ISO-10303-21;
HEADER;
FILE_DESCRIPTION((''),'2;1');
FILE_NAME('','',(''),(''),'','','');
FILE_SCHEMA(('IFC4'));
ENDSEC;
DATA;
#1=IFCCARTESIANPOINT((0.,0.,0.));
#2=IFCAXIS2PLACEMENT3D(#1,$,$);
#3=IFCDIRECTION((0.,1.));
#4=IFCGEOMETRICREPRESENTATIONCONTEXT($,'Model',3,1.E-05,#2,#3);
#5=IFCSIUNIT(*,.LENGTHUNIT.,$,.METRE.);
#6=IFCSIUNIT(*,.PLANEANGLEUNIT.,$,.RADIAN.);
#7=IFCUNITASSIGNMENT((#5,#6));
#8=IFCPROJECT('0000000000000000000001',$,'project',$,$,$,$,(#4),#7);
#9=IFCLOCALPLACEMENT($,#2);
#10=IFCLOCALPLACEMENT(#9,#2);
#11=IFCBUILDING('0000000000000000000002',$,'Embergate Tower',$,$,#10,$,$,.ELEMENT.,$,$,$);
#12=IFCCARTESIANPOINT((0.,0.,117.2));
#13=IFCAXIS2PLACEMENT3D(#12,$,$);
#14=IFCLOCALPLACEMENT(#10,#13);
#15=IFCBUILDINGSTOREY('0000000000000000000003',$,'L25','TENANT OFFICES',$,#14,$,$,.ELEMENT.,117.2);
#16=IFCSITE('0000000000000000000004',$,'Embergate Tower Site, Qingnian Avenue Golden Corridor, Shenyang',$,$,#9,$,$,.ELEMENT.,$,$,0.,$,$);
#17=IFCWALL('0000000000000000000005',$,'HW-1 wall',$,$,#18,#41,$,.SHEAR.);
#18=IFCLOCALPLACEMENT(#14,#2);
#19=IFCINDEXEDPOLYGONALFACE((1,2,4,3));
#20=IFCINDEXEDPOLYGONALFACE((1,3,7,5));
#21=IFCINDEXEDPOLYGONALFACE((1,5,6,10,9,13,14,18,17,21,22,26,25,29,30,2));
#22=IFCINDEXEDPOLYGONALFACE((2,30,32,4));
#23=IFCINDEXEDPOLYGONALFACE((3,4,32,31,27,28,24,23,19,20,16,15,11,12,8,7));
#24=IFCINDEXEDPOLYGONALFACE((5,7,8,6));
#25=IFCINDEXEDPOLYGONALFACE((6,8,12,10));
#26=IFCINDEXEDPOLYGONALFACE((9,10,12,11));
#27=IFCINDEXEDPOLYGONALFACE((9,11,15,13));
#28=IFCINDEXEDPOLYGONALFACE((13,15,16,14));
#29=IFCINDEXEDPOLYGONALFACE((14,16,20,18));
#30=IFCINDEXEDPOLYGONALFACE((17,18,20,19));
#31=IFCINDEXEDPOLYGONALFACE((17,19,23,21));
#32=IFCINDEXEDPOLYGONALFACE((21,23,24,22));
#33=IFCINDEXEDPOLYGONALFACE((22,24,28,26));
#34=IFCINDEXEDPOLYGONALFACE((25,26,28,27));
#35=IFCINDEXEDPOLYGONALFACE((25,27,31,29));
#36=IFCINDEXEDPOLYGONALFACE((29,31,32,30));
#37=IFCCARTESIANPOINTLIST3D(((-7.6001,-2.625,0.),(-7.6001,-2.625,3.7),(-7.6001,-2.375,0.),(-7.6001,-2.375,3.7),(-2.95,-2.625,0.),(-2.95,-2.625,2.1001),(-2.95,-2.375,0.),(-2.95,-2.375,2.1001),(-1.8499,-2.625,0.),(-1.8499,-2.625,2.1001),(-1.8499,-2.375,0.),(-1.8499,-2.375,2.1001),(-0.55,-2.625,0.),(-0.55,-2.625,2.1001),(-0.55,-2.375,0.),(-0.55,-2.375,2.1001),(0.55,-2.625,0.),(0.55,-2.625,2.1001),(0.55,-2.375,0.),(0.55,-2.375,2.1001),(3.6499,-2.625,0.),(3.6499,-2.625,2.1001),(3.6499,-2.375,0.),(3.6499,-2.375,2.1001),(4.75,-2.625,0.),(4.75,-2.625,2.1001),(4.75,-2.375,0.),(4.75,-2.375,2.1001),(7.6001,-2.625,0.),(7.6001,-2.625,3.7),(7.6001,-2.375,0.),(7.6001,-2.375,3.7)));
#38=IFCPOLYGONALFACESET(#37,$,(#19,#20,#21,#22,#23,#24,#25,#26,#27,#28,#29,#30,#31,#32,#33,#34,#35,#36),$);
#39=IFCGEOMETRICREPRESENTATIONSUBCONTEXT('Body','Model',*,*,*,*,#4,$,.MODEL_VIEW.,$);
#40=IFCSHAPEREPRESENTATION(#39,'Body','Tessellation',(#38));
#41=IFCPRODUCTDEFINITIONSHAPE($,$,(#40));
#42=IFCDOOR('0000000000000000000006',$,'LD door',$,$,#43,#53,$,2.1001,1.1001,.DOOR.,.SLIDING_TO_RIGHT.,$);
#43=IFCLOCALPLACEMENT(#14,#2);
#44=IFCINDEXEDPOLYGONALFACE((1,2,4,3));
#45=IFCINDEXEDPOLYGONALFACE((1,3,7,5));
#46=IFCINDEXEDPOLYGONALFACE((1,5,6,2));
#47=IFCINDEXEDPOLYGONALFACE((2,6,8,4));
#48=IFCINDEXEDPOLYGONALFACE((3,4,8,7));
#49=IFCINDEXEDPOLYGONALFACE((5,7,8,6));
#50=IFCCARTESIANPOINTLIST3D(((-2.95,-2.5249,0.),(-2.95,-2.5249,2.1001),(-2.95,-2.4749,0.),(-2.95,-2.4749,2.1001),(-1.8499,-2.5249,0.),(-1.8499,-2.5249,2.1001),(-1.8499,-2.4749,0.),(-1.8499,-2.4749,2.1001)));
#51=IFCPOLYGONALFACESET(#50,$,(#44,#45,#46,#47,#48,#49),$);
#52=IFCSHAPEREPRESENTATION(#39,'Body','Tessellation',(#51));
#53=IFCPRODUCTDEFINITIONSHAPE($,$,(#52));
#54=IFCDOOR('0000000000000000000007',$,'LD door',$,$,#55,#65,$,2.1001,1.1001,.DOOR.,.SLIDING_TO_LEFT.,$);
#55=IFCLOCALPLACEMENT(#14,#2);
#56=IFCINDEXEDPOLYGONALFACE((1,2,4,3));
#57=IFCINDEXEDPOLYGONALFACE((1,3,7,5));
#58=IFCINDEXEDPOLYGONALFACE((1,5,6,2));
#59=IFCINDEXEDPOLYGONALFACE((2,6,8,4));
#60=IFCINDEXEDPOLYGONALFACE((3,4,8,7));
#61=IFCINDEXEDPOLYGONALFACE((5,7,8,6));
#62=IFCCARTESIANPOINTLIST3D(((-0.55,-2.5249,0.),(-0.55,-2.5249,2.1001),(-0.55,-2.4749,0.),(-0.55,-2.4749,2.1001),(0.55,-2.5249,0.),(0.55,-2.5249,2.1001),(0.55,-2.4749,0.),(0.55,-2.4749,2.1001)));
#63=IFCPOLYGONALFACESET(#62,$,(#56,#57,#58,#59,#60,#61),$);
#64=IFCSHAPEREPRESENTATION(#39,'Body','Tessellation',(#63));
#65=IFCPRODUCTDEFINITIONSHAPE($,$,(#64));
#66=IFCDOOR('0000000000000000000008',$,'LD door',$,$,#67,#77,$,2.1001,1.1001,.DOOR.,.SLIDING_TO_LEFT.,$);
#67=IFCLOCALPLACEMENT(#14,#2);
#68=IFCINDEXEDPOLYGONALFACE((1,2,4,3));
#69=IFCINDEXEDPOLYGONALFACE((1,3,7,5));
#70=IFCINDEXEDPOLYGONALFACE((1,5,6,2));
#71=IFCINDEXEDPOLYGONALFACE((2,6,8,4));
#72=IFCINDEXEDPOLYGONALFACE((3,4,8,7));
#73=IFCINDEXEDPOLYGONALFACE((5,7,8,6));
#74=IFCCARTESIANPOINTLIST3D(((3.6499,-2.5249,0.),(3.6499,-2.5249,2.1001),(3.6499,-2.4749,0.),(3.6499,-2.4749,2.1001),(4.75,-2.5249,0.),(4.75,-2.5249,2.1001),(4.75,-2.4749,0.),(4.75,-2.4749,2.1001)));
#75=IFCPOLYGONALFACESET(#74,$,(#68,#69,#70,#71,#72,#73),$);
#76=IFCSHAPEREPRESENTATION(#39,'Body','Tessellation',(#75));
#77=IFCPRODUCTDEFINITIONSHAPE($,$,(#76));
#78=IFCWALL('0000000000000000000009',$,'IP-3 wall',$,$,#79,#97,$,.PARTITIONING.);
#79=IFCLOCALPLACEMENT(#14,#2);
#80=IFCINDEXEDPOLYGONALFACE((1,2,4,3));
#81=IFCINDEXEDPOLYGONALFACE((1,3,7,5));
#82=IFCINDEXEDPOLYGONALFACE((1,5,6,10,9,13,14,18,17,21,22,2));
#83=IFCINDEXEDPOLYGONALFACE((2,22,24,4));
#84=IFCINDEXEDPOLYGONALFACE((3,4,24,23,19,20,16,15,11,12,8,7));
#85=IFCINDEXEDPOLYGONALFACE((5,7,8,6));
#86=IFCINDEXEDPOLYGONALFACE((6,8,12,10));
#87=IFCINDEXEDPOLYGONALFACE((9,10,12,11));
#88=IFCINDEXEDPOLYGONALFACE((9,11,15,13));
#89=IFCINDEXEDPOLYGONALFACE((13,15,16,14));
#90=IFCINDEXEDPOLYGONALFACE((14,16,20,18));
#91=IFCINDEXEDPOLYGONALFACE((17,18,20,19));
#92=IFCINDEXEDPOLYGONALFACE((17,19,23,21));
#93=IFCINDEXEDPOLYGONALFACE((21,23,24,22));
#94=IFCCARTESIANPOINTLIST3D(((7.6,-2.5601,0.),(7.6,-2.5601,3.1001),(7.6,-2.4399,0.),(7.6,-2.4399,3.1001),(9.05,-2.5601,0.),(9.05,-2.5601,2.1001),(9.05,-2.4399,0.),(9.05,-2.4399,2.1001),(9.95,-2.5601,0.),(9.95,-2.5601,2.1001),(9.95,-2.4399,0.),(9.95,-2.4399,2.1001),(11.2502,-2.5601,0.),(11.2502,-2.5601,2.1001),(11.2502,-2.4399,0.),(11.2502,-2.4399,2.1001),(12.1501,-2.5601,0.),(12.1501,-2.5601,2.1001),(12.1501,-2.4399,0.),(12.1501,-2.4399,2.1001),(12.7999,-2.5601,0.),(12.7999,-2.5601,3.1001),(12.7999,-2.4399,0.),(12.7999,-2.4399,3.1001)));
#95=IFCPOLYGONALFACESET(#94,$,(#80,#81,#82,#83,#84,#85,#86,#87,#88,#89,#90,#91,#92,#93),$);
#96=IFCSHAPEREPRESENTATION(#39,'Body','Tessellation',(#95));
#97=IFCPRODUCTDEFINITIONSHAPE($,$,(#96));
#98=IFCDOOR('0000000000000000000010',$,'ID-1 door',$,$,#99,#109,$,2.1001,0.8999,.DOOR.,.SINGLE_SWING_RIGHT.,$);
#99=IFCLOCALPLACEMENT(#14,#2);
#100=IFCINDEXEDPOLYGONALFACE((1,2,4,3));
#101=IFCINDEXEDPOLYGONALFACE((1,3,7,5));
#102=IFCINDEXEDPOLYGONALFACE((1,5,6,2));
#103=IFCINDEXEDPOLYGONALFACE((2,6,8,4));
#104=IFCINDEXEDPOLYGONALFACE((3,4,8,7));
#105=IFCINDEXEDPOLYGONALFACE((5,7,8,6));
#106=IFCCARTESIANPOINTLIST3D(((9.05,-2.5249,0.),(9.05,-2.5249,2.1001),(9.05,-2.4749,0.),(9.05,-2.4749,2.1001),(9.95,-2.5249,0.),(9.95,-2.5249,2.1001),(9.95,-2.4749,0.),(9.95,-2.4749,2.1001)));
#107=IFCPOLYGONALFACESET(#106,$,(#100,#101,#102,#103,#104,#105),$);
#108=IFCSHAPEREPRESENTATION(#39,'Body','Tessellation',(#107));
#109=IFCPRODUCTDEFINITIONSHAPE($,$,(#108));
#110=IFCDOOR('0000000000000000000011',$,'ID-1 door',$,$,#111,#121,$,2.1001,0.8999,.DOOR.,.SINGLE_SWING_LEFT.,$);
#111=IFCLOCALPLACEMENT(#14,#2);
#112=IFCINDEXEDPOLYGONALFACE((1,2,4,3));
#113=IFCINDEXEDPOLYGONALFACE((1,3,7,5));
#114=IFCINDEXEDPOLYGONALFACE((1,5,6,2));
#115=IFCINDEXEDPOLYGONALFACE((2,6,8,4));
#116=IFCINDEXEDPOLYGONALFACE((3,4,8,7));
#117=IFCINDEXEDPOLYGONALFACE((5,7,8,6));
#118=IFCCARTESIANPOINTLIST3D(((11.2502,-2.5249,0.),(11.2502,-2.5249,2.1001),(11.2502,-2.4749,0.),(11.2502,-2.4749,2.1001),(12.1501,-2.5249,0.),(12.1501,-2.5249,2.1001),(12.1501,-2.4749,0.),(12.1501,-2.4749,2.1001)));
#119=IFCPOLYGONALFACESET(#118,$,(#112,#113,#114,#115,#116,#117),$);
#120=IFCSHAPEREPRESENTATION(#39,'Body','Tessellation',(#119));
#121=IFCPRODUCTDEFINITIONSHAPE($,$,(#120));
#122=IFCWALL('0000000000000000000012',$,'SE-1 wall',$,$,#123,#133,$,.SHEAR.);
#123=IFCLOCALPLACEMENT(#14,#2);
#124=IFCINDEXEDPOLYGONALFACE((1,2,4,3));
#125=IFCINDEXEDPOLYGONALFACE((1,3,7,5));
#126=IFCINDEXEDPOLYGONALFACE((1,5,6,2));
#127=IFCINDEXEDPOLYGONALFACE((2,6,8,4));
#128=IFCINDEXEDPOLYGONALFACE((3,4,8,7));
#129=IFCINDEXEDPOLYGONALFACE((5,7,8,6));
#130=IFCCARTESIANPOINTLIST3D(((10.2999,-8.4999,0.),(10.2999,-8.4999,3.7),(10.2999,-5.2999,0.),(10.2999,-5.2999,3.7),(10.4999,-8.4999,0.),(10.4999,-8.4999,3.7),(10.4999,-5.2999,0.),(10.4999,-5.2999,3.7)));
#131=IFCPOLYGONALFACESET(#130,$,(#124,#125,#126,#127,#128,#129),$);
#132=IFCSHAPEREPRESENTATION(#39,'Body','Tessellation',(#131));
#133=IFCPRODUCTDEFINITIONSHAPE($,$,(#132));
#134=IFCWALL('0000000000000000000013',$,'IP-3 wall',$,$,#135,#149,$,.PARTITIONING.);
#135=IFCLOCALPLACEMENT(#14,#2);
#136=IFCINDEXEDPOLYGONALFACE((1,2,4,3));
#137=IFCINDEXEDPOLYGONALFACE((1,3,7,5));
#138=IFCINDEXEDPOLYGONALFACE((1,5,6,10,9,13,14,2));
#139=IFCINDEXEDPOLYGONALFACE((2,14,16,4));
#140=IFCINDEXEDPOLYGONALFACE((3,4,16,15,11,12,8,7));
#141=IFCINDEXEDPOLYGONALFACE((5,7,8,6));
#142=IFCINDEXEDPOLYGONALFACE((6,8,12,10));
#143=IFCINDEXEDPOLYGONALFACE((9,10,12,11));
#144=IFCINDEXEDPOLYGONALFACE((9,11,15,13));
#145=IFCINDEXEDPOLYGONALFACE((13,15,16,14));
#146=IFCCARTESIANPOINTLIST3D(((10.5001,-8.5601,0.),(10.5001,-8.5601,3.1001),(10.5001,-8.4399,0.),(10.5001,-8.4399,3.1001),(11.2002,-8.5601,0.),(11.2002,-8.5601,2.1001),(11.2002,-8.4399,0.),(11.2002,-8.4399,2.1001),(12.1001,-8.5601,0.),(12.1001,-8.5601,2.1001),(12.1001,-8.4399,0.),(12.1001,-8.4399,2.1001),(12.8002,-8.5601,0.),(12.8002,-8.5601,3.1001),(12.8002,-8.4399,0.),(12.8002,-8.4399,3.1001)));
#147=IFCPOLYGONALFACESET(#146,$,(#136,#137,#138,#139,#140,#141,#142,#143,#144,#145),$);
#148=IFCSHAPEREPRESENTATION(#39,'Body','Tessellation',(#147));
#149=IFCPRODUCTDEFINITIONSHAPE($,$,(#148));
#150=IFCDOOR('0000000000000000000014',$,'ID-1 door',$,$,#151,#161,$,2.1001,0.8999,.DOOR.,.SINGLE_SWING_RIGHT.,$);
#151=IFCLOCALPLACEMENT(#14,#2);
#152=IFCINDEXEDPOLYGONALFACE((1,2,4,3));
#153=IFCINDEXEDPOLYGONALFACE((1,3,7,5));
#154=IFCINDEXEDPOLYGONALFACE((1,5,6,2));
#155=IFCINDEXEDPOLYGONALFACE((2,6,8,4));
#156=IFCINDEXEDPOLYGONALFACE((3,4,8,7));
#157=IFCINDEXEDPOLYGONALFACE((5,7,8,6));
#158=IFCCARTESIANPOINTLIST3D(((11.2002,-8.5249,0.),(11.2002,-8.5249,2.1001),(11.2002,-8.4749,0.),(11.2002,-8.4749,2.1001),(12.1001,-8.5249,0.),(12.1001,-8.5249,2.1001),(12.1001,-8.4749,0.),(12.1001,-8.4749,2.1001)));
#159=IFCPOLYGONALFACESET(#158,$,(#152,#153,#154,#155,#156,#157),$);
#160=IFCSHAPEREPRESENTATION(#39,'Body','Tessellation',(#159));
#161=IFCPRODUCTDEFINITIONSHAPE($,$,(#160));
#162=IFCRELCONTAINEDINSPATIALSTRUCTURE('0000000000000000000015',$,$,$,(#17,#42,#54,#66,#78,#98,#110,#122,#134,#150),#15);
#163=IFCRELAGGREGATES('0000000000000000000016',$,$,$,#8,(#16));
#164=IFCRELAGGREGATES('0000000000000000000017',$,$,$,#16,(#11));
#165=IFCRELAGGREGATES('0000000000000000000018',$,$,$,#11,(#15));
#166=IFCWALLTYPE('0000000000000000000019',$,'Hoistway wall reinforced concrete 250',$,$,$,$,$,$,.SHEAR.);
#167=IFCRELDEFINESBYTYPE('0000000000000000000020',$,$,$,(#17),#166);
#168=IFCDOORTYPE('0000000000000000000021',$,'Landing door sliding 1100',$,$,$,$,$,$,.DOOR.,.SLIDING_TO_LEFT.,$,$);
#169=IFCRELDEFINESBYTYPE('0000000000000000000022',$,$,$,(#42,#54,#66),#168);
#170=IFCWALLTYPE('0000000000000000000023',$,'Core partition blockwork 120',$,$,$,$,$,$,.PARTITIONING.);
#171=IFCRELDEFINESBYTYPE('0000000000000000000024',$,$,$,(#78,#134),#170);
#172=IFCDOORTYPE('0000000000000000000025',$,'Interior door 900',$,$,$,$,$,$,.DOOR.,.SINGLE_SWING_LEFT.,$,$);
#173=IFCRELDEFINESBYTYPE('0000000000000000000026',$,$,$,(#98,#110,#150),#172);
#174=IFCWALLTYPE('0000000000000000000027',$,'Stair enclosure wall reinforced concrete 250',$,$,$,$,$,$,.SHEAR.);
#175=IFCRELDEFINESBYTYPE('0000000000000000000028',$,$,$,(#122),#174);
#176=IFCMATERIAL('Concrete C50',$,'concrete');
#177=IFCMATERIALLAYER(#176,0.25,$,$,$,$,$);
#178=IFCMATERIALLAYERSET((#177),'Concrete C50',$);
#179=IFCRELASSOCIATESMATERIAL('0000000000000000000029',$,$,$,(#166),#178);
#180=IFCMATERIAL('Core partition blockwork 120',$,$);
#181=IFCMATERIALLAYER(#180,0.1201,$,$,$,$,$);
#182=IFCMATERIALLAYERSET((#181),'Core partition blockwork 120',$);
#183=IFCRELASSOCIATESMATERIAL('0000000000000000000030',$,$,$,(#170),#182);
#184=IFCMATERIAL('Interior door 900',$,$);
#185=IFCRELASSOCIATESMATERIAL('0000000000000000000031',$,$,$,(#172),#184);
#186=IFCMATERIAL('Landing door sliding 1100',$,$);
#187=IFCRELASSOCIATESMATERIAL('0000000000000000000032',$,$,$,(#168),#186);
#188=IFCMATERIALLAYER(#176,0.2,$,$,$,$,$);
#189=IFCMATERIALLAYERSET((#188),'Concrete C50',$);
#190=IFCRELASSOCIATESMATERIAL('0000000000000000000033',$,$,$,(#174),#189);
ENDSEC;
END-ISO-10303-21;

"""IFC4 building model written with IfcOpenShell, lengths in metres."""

from ifc_helpers import new_model, si_unit, direction, frame, frame_2d, origin, place, context, subcontext, project, spatial, rectangle, extrude, source, transform, mapped, material, layer, layer_set, type_object, element, fill, save


model = new_model("IFC4")

# Units and contexts
model_context = context("Model", 3, precision=1e-05, world=origin(), true_north=direction((0.0, 1.0)))
body_context = subcontext(model_context, "Body", "Model", "MODEL_VIEW")
ifc_project = project(units=[si_unit("LENGTHUNIT", "METRE"), si_unit("PLANEANGLEUNIT", "RADIAN")], contexts=[model_context])

# Site, building, storey
site_placement = place(None, origin())
site = spatial("IfcSite", under=ifc_project, at=site_placement, Name="Embergate Tower Site, Qingnian Avenue Golden Corridor, Shenyang", CompositionType="ELEMENT", RefElevation=0.0)
building_placement = place(site_placement, origin())
building = spatial("IfcBuilding", under=site, at=building_placement, Name="Embergate Tower", CompositionType="ELEMENT")
storey_placement = place(building_placement, frame((0.0, 0.0, 117.2)))
storey = spatial("IfcBuildingStorey", under=building, at=storey_placement, Name="L25", Description="TENANT OFFICES", CompositionType="ELEMENT", Elevation=117.2)

# Shared definitions
ifc_material_1 = material(Name="Concrete C50", Category="concrete")
ifc_layer_1 = layer(ifc_material_1, 0.25)
ifc_layer_set_1 = layer_set([ifc_layer_1], Name="Concrete C50")
wall_type_1 = type_object("IfcWallType", Name="Hoistway wall reinforced concrete 250", PredefinedType="SHEAR", material=ifc_layer_set_1)

# Shared definitions
ifc_material_2 = material(Name="Core partition blockwork 120")
ifc_layer_2 = layer(ifc_material_2, 0.1201)
ifc_layer_set_2 = layer_set([ifc_layer_2], Name="Core partition blockwork 120")
wall_type_2 = type_object("IfcWallType", Name="Core partition blockwork 120", PredefinedType="PARTITIONING", material=ifc_layer_set_2)
shared_shape_1 = source(origin(), body_context, "Body", "SweptSolid", [
    extrude(rectangle(XDim=0.8999, YDim=2.1001, at=frame_2d((0.45, 1.05))), frame((0.0, 0.0701, 0.0), z_axis=(0.0, -1.0, 0.0), x_axis=(1.0, 0.0, 0.0)), (0.0, 0.0, 1.0), 0.1401),
])
ifc_material_3 = material(Name="Interior door 900")
door_type_1 = type_object("IfcDoorType", Name="Interior door 900", OperationType="SINGLE_SWING_LEFT", PredefinedType="DOOR", material=ifc_material_3)
shared_shape_2 = source(origin(), body_context, "Body", "SweptSolid", [
    extrude(rectangle(XDim=0.8999, YDim=2.1001, at=frame_2d((0.45, 1.05))), frame((0.0, 0.0249, 0.0), z_axis=(0.0, -1.0, 0.0), x_axis=(1.0, 0.0, 0.0)), (0.0, 0.0, 1.0), 0.05),
])

# Walls, openings, doors
shared_shape_3 = source(origin(), body_context, "Body", "SweptSolid", [
    extrude(rectangle(XDim=15.2002, YDim=0.25, at=frame_2d((7.6001, 0.0))), origin(), (0.0, 0.0, 1.0), 3.7),
])
wall_1_placement = place(storey_placement, frame((7.6001, -2.5, 0.0), z_axis=(0.0, 0.0, 1.0), x_axis=(-1.0, 0.0, 0.0)))
wall_1 = element("IfcWall", 1, at=wall_1_placement, inside=storey, type_object=wall_type_1, Name="HW-1 wall", PredefinedType="SHEAR", context=body_context, shape_type="MappedRepresentation", body=[
    mapped(shared_shape_3, transform((0.0, 0.0, 0.0))),
])
shared_shape_4 = source(origin(), body_context, "Body", "SweptSolid", [
    extrude(rectangle(XDim=1.1001, YDim=2.1001, at=frame_2d((0.55, 1.05))), frame((0.0, 0.135, 0.0), z_axis=(0.0, -1.0, 0.0), x_axis=(1.0, 0.0, 0.0)), (0.0, 0.0, 1.0), 0.27),
])
opening_1_placement = place(wall_1_placement, frame((9.45, 0.0, 0.0)))
opening_1 = element("IfcOpeningElement", 2, at=opening_1_placement, cuts=wall_1, PredefinedType="OPENING", context=body_context, shape_type="MappedRepresentation", body=[
    mapped(shared_shape_4, transform((0.0, 0.0, 0.0))),
])
opening_2_placement = place(wall_1_placement, frame((7.05, 0.0, 0.0)))
opening_2 = element("IfcOpeningElement", 3, at=opening_2_placement, cuts=wall_1, PredefinedType="OPENING", context=body_context, shape_type="MappedRepresentation", body=[
    mapped(shared_shape_4, transform((0.0, 0.0, 0.0))),
])
opening_3_placement = place(wall_1_placement, frame((2.8501, 0.0, 0.0)))
opening_3 = element("IfcOpeningElement", 4, at=opening_3_placement, cuts=wall_1, PredefinedType="OPENING", context=body_context, shape_type="MappedRepresentation", body=[
    mapped(shared_shape_4, transform((0.0, 0.0, 0.0))),
])
ifc_material_4 = material(Name="Landing door sliding 1100")
door_type_2 = type_object("IfcDoorType", Name="Landing door sliding 1100", OperationType="SLIDING_TO_LEFT", PredefinedType="DOOR", material=ifc_material_4)
shared_shape_5 = source(origin(), body_context, "Body", "SweptSolid", [
    extrude(rectangle(XDim=1.1001, YDim=2.1001, at=frame_2d((0.55, 1.05))), frame((0.0, 0.0249, 0.0), z_axis=(0.0, -1.0, 0.0), x_axis=(1.0, 0.0, 0.0)), (0.0, 0.0, 1.0), 0.05),
])
door_1_placement = place(opening_1_placement, origin())
door_1 = element("IfcDoor", 5, at=door_1_placement, inside=storey, type_object=door_type_2, Name="LD door", OperationType="SLIDING_TO_RIGHT", OverallHeight=2.1001, OverallWidth=1.1001, PredefinedType="DOOR", context=body_context, shape_type="MappedRepresentation", body=[
    mapped(shared_shape_5, transform((0.0, 0.0, 0.0))),
])
fill(opening_1, door_1)
door_2_placement = place(opening_2_placement, origin())
door_2 = element("IfcDoor", 6, at=door_2_placement, inside=storey, type_object=door_type_2, Name="LD door", OperationType="SLIDING_TO_LEFT", OverallHeight=2.1001, OverallWidth=1.1001, PredefinedType="DOOR", context=body_context, shape_type="MappedRepresentation", body=[
    mapped(shared_shape_5, transform((0.0, 0.0, 0.0))),
])
fill(opening_2, door_2)
door_3_placement = place(opening_3_placement, origin())
door_3 = element("IfcDoor", 7, at=door_3_placement, inside=storey, type_object=door_type_2, Name="LD door", OperationType="SLIDING_TO_LEFT", OverallHeight=2.1001, OverallWidth=1.1001, PredefinedType="DOOR", context=body_context, shape_type="MappedRepresentation", body=[
    mapped(shared_shape_5, transform((0.0, 0.0, 0.0))),
])
fill(opening_3, door_3)
shared_shape_6 = source(origin(), body_context, "Body", "SweptSolid", [
    extrude(rectangle(XDim=5.2, YDim=0.1201, at=frame_2d((2.6001, 0.0))), origin(), (0.0, 0.0, 1.0), 3.1001),
])
wall_2_placement = place(storey_placement, frame((12.8, -2.5, 0.0), z_axis=(0.0, 0.0, 1.0), x_axis=(-1.0, 0.0, 0.0)))
wall_2 = element("IfcWall", 8, at=wall_2_placement, inside=storey, type_object=wall_type_2, Name="IP-3 wall", PredefinedType="PARTITIONING", context=body_context, shape_type="MappedRepresentation", body=[
    mapped(shared_shape_6, transform((0.0, 0.0, 0.0))),
])
opening_4_placement = place(wall_2_placement, frame((2.8501, 0.0, 0.0)))
opening_4 = element("IfcOpeningElement", 9, at=opening_4_placement, cuts=wall_2, PredefinedType="OPENING", context=body_context, shape_type="MappedRepresentation", body=[
    mapped(shared_shape_1, transform((0.0, 0.0, 0.0))),
])
opening_5_placement = place(wall_2_placement, frame((0.6499, 0.0, 0.0)))
opening_5 = element("IfcOpeningElement", 10, at=opening_5_placement, cuts=wall_2, PredefinedType="OPENING", context=body_context, shape_type="MappedRepresentation", body=[
    mapped(shared_shape_1, transform((0.0, 0.0, 0.0))),
])
door_4_placement = place(opening_4_placement, origin())
door_4 = element("IfcDoor", 11, at=door_4_placement, inside=storey, type_object=door_type_1, Name="ID-1 door", OperationType="SINGLE_SWING_RIGHT", OverallHeight=2.1001, OverallWidth=0.8999, PredefinedType="DOOR", context=body_context, shape_type="MappedRepresentation", body=[
    mapped(shared_shape_2, transform((0.0, 0.0, 0.0))),
])
fill(opening_4, door_4)
door_5_placement = place(opening_5_placement, origin())
door_5 = element("IfcDoor", 12, at=door_5_placement, inside=storey, type_object=door_type_1, Name="ID-1 door", OperationType="SINGLE_SWING_LEFT", OverallHeight=2.1001, OverallWidth=0.8999, PredefinedType="DOOR", context=body_context, shape_type="MappedRepresentation", body=[
    mapped(shared_shape_2, transform((0.0, 0.0, 0.0))),
])
fill(opening_5, door_5)

# Wall
ifc_layer_3 = layer(ifc_material_1, 0.2)
ifc_layer_set_3 = layer_set([ifc_layer_3], Name="Concrete C50")
wall_type_3 = type_object("IfcWallType", Name="Stair enclosure wall reinforced concrete 250", PredefinedType="SHEAR", material=ifc_layer_set_3)
shared_shape_7 = source(origin(), body_context, "Body", "SweptSolid", [
    extrude(rectangle(XDim=3.2, YDim=0.2, at=frame_2d((1.6001, 0.0))), origin(), (0.0, 0.0, 1.0), 3.7),
])
wall_3_placement = place(storey_placement, frame((10.3999, -8.5, 0.0), z_axis=(0.0, 0.0, 1.0), x_axis=(0.0, 1.0, 0.0)))
element("IfcWall", 13, at=wall_3_placement, inside=storey, type_object=wall_type_3, Name="SE-1 wall", PredefinedType="SHEAR", context=body_context, shape_type="MappedRepresentation", body=[
    mapped(shared_shape_7, transform((0.0, 0.0, 0.0))),
])

# Wall, opening, door
shared_shape_8 = source(origin(), body_context, "Body", "SweptSolid", [
    extrude(rectangle(XDim=2.3, YDim=0.1201, at=frame_2d((1.1499, 0.0))), origin(), (0.0, 0.0, 1.0), 3.1001),
])
wall_4_placement = place(storey_placement, frame((12.8, -8.5, 0.0), z_axis=(0.0, 0.0, 1.0), x_axis=(-1.0, 0.0, 0.0)))
wall_4 = element("IfcWall", 14, at=wall_4_placement, inside=storey, type_object=wall_type_2, Name="IP-3 wall", PredefinedType="PARTITIONING", context=body_context, shape_type="MappedRepresentation", body=[
    mapped(shared_shape_8, transform((0.0, 0.0, 0.0))),
])
opening_6_placement = place(wall_4_placement, frame((0.7, 0.0, 0.0)))
opening_6 = element("IfcOpeningElement", 15, at=opening_6_placement, cuts=wall_4, PredefinedType="OPENING", context=body_context, shape_type="MappedRepresentation", body=[
    mapped(shared_shape_1, transform((0.0, 0.0, 0.0))),
])
door_6_placement = place(opening_6_placement, origin())
door_6 = element("IfcDoor", 16, at=door_6_placement, inside=storey, type_object=door_type_1, Name="ID-1 door", OperationType="SINGLE_SWING_RIGHT", OverallHeight=2.1001, OverallWidth=0.8999, PredefinedType="DOOR", context=body_context, shape_type="MappedRepresentation", body=[
    mapped(shared_shape_2, transform((0.0, 0.0, 0.0))),
])
fill(opening_6, door_6)

save(model, "model.ifc")
